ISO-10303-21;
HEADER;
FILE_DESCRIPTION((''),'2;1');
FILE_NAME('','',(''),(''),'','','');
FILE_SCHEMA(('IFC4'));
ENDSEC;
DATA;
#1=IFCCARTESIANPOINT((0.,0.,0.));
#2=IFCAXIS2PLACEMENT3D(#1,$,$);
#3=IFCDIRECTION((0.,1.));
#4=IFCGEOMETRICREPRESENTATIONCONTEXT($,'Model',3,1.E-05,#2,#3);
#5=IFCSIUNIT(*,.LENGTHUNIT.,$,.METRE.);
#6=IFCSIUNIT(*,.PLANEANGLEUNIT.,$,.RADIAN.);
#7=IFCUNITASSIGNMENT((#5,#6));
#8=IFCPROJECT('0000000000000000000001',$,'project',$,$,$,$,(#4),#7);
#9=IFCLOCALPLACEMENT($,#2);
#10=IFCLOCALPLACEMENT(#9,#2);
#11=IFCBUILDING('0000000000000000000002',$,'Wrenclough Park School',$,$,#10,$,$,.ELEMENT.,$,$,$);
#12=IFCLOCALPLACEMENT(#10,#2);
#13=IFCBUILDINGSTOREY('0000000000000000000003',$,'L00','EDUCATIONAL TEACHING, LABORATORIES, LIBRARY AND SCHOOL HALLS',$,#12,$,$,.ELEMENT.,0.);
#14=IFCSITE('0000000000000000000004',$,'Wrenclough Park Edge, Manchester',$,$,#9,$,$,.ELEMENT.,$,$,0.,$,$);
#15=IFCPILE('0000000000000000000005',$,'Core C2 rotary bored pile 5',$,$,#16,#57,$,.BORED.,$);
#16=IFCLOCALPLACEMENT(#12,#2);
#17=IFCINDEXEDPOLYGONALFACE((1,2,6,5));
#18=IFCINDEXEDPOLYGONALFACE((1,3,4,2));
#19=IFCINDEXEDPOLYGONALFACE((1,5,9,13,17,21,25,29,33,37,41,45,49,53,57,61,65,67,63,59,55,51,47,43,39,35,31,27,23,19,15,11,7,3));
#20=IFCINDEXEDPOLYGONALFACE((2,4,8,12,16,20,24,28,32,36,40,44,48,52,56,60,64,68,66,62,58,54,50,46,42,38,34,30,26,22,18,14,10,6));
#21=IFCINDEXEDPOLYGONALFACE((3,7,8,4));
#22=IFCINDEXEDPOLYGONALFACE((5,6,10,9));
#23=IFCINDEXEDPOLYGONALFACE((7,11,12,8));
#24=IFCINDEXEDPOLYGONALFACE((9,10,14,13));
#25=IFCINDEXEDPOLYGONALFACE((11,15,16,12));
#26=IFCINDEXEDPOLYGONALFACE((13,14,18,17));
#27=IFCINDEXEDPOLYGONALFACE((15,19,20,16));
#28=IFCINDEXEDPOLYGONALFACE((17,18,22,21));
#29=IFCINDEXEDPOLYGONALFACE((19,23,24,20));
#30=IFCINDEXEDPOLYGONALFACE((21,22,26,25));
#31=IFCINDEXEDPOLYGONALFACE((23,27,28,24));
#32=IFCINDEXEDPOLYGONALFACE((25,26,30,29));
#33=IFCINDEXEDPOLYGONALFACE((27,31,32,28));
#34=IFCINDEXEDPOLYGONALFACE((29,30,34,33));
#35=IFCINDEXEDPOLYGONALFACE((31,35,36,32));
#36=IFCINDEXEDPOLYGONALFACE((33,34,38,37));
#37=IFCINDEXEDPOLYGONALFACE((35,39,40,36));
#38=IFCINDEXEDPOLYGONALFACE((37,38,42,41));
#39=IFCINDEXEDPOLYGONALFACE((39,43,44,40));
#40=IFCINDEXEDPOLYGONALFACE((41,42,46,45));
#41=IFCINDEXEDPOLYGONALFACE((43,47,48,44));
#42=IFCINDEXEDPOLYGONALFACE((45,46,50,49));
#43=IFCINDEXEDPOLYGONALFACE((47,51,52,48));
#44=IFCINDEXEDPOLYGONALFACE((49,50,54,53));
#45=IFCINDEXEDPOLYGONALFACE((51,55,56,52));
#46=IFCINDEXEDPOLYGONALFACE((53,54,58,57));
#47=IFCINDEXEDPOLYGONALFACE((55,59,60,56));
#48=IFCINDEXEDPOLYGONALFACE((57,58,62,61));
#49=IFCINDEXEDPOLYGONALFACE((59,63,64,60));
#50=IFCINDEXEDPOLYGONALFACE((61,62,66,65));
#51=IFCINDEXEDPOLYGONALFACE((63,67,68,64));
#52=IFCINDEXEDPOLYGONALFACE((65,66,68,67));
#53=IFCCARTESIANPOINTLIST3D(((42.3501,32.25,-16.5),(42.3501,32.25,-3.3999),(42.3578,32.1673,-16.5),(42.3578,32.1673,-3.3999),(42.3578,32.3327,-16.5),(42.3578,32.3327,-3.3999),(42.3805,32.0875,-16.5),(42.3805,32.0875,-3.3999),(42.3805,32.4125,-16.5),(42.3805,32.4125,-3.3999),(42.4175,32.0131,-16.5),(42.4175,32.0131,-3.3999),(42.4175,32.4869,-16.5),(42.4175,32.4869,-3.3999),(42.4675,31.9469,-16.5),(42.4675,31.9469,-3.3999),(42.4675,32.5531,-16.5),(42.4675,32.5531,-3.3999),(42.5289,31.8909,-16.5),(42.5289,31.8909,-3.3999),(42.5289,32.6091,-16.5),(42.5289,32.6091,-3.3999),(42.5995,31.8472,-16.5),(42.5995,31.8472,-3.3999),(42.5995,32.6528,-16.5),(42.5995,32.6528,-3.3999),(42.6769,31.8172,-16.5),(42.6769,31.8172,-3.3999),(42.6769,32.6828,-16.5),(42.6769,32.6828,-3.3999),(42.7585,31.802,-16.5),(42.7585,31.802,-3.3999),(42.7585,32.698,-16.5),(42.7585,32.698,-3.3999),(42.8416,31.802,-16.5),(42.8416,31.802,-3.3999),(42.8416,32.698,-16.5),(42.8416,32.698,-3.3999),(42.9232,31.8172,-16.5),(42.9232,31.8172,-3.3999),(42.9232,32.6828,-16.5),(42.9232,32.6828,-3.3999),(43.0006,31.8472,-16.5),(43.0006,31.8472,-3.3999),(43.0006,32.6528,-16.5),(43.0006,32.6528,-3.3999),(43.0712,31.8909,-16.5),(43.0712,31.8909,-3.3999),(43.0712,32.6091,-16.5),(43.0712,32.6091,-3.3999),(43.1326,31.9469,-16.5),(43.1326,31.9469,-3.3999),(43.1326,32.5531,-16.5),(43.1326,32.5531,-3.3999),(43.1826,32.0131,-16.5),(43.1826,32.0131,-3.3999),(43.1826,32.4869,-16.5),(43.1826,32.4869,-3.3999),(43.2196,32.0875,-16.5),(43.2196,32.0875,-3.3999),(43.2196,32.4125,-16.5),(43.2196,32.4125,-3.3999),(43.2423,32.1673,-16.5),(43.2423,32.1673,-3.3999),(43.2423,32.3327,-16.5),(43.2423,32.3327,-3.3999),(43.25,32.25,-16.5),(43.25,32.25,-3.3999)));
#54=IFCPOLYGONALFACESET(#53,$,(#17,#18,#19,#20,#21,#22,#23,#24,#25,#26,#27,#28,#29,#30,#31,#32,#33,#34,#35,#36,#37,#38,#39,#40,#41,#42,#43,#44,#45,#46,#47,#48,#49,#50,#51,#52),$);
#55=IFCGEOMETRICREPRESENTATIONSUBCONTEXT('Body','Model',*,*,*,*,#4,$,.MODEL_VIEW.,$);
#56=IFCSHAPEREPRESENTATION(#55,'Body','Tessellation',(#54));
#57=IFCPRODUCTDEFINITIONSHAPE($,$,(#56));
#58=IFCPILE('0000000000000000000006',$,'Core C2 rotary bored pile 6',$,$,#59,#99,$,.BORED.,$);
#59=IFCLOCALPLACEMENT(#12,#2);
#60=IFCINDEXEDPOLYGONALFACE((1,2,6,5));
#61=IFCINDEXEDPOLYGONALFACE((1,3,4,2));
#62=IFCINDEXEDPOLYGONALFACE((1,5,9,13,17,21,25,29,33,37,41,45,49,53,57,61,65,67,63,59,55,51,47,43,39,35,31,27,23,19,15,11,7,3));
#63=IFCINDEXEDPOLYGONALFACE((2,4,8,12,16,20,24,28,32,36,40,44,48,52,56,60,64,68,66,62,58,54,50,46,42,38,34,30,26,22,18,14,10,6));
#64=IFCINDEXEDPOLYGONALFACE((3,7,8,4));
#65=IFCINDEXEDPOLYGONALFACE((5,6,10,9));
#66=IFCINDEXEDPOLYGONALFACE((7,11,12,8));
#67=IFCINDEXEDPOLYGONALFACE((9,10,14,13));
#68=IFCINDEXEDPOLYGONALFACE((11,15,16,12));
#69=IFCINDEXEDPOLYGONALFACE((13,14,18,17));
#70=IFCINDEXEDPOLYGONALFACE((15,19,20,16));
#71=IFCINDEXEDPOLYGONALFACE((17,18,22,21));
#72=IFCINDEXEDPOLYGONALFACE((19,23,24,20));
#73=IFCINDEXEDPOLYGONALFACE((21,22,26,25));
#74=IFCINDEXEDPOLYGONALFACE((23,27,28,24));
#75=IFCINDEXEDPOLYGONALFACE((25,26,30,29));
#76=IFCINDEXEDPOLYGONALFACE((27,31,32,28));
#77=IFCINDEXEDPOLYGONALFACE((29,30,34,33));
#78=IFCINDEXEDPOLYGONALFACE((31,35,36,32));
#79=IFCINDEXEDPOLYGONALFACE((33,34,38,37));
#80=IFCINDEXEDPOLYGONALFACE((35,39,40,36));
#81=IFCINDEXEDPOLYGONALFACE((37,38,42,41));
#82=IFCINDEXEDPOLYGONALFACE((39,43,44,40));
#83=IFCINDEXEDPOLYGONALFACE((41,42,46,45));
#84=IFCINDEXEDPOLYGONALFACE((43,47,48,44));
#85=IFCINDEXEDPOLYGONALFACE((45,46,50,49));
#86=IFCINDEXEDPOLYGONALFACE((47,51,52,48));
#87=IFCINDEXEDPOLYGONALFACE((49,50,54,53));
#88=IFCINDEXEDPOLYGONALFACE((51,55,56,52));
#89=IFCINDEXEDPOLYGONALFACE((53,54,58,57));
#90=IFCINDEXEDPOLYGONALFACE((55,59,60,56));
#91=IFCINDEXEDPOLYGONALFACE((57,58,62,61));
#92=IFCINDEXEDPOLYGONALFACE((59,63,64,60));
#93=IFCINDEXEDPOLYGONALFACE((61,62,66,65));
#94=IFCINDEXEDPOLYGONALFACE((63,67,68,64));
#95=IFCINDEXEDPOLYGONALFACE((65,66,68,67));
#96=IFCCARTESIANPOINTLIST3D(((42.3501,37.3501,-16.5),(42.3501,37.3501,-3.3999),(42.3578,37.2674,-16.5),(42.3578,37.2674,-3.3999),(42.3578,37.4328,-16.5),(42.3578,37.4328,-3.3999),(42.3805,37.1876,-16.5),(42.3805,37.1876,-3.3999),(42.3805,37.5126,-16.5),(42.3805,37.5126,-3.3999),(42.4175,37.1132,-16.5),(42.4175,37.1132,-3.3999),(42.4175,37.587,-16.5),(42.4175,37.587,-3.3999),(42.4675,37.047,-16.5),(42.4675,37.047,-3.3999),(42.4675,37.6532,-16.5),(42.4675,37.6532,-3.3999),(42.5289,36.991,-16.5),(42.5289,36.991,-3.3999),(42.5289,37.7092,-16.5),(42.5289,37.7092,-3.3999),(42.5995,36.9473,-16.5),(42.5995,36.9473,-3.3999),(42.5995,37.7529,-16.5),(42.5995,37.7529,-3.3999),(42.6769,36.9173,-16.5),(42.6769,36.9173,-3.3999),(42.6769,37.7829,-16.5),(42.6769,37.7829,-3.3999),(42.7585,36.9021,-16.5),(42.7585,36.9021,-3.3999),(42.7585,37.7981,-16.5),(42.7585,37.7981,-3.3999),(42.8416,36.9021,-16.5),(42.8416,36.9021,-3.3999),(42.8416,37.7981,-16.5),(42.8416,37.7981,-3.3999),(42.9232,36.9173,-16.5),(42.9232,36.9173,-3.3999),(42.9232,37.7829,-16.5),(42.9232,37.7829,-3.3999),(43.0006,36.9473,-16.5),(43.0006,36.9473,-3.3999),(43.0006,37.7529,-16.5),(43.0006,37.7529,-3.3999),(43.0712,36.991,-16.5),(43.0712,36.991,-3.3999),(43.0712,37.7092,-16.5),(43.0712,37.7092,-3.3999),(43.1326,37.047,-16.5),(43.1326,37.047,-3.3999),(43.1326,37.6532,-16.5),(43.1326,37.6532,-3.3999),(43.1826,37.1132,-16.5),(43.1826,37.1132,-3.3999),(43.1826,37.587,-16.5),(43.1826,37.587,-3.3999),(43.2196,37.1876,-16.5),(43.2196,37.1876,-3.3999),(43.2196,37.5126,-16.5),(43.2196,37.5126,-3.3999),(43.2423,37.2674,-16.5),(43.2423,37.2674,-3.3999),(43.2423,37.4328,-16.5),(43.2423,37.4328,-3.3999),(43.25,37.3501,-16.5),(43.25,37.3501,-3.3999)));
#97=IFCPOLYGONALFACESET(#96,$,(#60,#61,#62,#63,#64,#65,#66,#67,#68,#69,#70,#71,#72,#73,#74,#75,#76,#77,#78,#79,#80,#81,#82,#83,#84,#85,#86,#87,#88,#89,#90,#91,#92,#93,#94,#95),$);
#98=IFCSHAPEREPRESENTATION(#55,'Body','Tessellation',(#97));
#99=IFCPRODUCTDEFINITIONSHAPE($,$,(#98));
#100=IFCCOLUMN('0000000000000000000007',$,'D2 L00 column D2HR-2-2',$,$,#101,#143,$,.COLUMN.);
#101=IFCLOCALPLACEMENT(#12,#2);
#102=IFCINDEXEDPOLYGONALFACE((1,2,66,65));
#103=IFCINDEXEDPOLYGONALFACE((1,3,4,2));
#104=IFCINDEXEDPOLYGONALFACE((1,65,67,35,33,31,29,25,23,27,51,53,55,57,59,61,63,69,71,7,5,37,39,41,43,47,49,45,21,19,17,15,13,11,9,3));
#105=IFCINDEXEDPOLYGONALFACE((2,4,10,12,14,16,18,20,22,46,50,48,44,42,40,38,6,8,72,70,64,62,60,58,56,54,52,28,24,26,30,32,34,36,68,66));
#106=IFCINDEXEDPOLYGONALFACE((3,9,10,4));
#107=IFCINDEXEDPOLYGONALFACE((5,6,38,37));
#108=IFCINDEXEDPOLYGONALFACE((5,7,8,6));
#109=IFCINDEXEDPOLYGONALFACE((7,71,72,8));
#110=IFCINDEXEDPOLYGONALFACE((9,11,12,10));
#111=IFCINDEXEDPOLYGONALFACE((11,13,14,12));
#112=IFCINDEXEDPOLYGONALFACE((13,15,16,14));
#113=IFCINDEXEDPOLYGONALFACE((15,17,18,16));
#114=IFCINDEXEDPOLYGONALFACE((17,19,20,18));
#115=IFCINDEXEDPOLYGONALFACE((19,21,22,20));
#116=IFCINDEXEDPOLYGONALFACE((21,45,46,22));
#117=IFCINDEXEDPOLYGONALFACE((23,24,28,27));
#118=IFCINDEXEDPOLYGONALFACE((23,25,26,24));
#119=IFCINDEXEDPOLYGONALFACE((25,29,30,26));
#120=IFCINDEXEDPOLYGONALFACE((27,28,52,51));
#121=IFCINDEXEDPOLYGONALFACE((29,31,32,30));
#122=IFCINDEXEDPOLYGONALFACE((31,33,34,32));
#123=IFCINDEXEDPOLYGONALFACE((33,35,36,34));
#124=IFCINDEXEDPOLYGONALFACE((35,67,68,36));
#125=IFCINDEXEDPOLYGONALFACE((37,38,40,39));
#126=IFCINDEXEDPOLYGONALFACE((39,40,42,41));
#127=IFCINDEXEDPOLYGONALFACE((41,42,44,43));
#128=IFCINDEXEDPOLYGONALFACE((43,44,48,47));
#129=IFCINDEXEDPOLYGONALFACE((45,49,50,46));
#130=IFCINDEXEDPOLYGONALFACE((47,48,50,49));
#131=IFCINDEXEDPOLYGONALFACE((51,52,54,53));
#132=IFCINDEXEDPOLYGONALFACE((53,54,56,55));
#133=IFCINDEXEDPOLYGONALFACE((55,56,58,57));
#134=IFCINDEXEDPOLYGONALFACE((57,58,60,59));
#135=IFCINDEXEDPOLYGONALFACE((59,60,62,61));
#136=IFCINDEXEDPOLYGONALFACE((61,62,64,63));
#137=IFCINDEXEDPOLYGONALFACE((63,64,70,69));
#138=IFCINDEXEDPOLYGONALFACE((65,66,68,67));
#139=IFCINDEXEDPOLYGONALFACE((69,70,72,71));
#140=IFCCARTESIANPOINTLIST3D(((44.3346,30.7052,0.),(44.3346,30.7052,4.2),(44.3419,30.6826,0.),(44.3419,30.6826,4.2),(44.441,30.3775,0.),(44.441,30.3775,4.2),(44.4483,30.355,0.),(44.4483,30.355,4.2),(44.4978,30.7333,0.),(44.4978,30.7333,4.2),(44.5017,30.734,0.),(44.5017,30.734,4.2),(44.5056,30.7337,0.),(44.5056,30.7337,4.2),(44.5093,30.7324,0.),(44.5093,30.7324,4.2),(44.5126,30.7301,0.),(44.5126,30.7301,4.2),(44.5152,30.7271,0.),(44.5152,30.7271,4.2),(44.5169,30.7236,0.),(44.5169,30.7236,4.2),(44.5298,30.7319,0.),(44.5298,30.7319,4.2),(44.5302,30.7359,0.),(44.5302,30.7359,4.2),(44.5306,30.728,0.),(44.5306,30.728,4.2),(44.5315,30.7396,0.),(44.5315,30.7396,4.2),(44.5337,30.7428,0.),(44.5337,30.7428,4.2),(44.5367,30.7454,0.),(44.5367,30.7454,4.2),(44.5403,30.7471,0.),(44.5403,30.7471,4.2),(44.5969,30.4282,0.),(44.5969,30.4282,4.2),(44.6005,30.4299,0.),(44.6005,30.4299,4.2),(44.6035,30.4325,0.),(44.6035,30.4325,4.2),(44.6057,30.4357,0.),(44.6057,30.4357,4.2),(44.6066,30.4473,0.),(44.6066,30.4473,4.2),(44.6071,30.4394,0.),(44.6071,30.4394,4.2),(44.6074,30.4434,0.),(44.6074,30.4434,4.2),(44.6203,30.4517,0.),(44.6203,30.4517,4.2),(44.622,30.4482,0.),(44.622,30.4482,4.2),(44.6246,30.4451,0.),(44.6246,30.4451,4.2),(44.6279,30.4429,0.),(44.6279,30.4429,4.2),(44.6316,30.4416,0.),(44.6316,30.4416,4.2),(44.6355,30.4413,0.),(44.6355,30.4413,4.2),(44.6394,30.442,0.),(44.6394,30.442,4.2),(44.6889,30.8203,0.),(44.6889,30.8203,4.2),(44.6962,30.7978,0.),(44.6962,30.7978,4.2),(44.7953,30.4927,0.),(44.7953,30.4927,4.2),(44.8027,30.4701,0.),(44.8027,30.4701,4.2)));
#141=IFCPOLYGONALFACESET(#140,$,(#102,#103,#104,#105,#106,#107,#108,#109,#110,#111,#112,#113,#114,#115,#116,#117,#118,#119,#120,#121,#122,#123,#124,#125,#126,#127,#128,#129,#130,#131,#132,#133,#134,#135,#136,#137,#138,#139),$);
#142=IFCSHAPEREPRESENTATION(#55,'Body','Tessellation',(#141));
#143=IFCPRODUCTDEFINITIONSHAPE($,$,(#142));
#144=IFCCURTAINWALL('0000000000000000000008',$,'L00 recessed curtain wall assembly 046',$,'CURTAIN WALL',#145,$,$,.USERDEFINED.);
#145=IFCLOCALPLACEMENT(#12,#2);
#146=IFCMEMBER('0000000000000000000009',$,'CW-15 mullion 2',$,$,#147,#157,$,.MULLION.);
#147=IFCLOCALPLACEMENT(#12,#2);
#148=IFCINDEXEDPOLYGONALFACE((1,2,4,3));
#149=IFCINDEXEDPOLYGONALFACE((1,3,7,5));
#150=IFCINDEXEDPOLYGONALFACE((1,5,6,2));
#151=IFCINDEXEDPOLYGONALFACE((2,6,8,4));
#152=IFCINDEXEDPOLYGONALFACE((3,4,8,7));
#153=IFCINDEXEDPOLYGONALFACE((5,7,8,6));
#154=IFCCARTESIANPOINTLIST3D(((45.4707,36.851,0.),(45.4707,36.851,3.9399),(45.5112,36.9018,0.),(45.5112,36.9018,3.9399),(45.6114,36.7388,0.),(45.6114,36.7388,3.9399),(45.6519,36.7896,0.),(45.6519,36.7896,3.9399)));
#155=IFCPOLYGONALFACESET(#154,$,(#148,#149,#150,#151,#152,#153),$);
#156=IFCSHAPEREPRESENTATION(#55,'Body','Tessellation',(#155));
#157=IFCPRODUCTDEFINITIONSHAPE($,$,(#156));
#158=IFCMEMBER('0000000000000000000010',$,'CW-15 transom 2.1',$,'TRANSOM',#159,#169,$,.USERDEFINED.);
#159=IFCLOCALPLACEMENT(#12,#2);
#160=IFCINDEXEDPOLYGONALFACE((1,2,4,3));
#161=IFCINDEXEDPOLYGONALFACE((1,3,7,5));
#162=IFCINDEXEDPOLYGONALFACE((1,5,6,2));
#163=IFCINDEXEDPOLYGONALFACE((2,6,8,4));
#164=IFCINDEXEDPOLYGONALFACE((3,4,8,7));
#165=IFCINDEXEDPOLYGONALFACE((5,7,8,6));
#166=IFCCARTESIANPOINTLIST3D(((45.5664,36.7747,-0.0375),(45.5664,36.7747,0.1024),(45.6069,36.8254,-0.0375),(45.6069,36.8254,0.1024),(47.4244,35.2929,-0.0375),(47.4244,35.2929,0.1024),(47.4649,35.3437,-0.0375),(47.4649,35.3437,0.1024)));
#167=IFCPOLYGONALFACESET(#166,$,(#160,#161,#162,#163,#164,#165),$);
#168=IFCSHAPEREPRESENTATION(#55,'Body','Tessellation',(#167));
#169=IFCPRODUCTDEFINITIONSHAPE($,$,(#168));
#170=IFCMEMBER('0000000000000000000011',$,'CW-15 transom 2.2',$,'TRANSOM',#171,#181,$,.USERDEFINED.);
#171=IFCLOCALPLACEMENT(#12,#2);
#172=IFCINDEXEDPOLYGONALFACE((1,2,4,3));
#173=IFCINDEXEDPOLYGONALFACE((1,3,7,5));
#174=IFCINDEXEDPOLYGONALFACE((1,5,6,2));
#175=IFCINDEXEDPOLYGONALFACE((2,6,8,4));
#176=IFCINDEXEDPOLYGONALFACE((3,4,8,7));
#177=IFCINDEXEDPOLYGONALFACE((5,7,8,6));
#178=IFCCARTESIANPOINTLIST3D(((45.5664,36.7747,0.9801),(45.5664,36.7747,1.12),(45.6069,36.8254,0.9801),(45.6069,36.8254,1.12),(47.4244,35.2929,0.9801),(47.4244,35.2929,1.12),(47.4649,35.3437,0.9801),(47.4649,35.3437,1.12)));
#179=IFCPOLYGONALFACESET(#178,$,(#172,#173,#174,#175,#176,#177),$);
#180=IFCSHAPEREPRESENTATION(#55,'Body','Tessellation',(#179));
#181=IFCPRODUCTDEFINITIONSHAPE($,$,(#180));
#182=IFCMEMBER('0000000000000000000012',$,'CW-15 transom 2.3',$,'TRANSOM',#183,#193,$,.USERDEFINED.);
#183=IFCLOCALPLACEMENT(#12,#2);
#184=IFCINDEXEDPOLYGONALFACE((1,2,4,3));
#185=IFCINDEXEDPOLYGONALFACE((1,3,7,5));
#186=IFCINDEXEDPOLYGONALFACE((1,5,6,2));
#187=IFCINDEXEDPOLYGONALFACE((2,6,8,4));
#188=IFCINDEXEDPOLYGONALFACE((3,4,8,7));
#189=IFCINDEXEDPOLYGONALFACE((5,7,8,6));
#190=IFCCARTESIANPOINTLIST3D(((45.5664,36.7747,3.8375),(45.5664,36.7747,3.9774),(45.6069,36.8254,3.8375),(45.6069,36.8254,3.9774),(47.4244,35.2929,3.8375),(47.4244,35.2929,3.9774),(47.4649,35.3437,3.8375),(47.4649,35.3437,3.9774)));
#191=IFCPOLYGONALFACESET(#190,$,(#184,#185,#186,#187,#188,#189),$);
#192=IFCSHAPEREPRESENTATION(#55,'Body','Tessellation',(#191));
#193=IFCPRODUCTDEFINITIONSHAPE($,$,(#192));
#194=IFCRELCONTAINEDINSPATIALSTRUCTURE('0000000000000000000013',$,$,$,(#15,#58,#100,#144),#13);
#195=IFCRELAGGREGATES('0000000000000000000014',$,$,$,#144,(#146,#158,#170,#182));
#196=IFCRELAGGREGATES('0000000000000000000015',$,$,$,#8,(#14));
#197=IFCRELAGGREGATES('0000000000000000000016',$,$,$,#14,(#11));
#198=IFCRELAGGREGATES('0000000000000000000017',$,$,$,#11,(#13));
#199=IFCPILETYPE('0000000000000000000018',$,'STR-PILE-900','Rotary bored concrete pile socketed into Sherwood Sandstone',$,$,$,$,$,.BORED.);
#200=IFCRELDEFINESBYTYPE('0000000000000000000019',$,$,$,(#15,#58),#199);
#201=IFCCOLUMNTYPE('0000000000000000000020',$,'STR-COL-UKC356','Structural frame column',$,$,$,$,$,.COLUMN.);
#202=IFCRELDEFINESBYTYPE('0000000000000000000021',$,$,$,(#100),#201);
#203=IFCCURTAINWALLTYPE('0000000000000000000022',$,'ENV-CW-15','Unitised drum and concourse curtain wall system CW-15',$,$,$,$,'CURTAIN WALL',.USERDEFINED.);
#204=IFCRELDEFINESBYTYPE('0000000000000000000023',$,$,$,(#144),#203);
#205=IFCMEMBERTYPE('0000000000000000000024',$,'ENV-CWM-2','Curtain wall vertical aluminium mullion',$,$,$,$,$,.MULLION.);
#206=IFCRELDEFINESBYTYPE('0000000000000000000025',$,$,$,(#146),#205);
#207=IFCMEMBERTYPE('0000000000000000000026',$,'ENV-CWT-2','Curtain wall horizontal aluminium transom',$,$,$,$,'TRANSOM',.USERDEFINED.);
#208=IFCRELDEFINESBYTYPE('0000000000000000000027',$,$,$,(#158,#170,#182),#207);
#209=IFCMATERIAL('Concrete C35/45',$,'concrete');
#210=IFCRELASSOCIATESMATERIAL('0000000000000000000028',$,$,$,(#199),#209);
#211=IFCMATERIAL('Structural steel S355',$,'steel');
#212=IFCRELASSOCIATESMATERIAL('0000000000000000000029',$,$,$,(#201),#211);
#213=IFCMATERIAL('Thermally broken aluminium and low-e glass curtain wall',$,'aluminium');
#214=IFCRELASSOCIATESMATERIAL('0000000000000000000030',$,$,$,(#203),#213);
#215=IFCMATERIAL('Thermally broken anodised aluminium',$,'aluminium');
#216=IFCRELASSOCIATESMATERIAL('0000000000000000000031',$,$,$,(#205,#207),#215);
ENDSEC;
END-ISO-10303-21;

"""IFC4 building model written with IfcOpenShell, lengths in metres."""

from ifc_helpers import new_model, si_unit, direction, frame, origin, origin_2d, place, context, subcontext, project, spatial, rectangle, circle, i_section, extrude, material, material_profile, profile_set, type_object, element, aggregate, save


model = new_model("IFC4")

# Units and contexts
model_context = context("Model", 3, precision=1e-05, world=origin(), true_north=direction((0.0, 1.0)))
body_context = subcontext(model_context, "Body", "Model", "MODEL_VIEW")
ifc_project = project(units=[si_unit("LENGTHUNIT", "METRE"), si_unit("PLANEANGLEUNIT", "RADIAN")], contexts=[model_context])

# Site, building, storey
site_placement = place(None, origin())
site = spatial("IfcSite", under=ifc_project, at=site_placement, Name="Wrenclough Park Edge, Manchester", CompositionType="ELEMENT", RefElevation=0.0)
building_placement = place(site_placement, origin())
building = spatial("IfcBuilding", under=site, at=building_placement, Name="Wrenclough Park School", CompositionType="ELEMENT")
storey_placement = place(building_placement, origin())
storey = spatial("IfcBuildingStorey", under=building, at=storey_placement, Name="L00", Description="EDUCATIONAL TEACHING, LABORATORIES, LIBRARY AND SCHOOL HALLS", CompositionType="ELEMENT", Elevation=0.0)

# Piles
ifc_material_1 = material(Name="Concrete C35/45", Category="concrete")
ifc_material_profile_1 = material_profile(ifc_material_1, circle(Radius=0.45, at=origin_2d()), Name="BORED PILE D900")
ifc_profile_set_1 = profile_set([ifc_material_profile_1], Name="Concrete C35/45")
pile_type = type_object("IfcPileType", Name="STR-PILE-900", Description="Rotary bored concrete pile socketed into Sherwood Sandstone", PredefinedType="BORED", material=ifc_profile_set_1)
for number, where, z_axis, x_axis, name in (
    (1, (42.8, 32.25, -3.3999), (0.0, 0.0, -1.0), (1.0, 0.0, 0.0), "Core C2 rotary bored pile 5"),
    (2, (42.8, 37.3501, -3.3999), (0.0, 0.0, -1.0), (1.0, 0.0, 0.0), "Core C2 rotary bored pile 6"),
):
    element("IfcPile", number, at=place(storey_placement, frame(where, z_axis=z_axis, x_axis=x_axis)), inside=storey, type_object=pile_type, Name=name, PredefinedType="BORED", context=body_context, shape_type="SweptSolid", body=[
        extrude(circle(Radius=0.45, at=origin_2d()), origin(), (0.0, 0.0, 1.0), 13.1001),
    ])

# Column
ifc_material_2 = material(Name="Structural steel S355", Category="steel")
ifc_material_profile_2 = material_profile(ifc_material_2, i_section(OverallWidth=0.3726, OverallDepth=0.3682, WebThickness=0.0144, FlangeThickness=0.0237, FilletRadius=0.0151, at=origin_2d()), Name="UKC 356x368x177")
ifc_profile_set_2 = profile_set([ifc_material_profile_2], Name="Structural steel S355")
column_type = type_object("IfcColumnType", Name="STR-COL-UKC356", Description="Structural frame column", PredefinedType="COLUMN", material=ifc_profile_set_2)
column_placement = place(storey_placement, frame((44.5686, 30.5876, 0.0), z_axis=(0.0, 0.0, 1.0), x_axis=(0.951057, 0.309017, 0.0)))
element("IfcColumn", 3, at=column_placement, inside=storey, type_object=column_type, Name="D2 L00 column D2HR-2-2", PredefinedType="COLUMN", context=body_context, shape_type="SweptSolid", body=[
    extrude(i_section(OverallWidth=0.3726, OverallDepth=0.3682, WebThickness=0.0144, FlangeThickness=0.0237, FilletRadius=0.0151, at=origin_2d()), origin(), (0.0, 0.0, 1.0), 4.2),
])

# Curtain wall, members
ifc_material_3 = material(Name="Thermally broken aluminium and low-e glass curtain wall", Category="aluminium")
curtain_wall_type = type_object("IfcCurtainWallType", Name="ENV-CW-15", Description="Unitised drum and concourse curtain wall system CW-15", ElementType="CURTAIN WALL", PredefinedType="USERDEFINED", material=ifc_material_3)
curtain_wall_placement = place(storey_placement, origin())
curtain_wall = element("IfcCurtainWall", 4, at=curtain_wall_placement, inside=storey, type_object=curtain_wall_type, Name="L00 recessed curtain wall assembly 046", ObjectType="CURTAIN WALL", PredefinedType="USERDEFINED")
ifc_material_4 = material(Name="Thermally broken anodised aluminium", Category="aluminium")
ifc_material_profile_3 = material_profile(ifc_material_4, rectangle(XDim=0.0649, YDim=0.1799, at=origin_2d()), Name="AL MULLION 65x180")
ifc_profile_set_3 = profile_set([ifc_material_profile_3], Name="Thermally broken anodised aluminium")
member_type_1 = type_object("IfcMemberType", Name="ENV-CWM-2", Description="Curtain wall vertical aluminium mullion", PredefinedType="MULLION", material=ifc_profile_set_3)
member_1_placement = place(storey_placement, frame((45.5613, 36.8203, 0.0), z_axis=(0.0, 0.0, 1.0), x_axis=(0.623499, 0.781824, 0.0)))
member_1 = element("IfcMember", 5, at=member_1_placement, type_object=member_type_1, Name="CW-15 mullion 2", PredefinedType="MULLION", context=body_context, shape_type="SweptSolid", body=[
    extrude(rectangle(XDim=0.0649, YDim=0.1799, at=origin_2d()), origin(), (0.0, 0.0, 1.0), 3.9399),
])
ifc_material_profile_4 = material_profile(ifc_material_4, rectangle(XDim=0.0649, YDim=0.1399, at=origin_2d()), Name="AL TRANSOM 65x140")
ifc_profile_set_4 = profile_set([ifc_material_profile_4], Name="Thermally broken anodised aluminium")
member_type_2 = type_object("IfcMemberType", Name="ENV-CWT-2", Description="Curtain wall horizontal aluminium transom", ElementType="TRANSOM", PredefinedType="USERDEFINED", material=ifc_profile_set_4)
member_2_placement = place(storey_placement, frame((45.5867, 36.8, 0.0325), z_axis=(0.78182, -0.623504, 0.0), x_axis=(0.623504, 0.78182, 0.0)))
member_2 = element("IfcMember", 6, at=member_2_placement, type_object=member_type_2, Name="CW-15 transom 2.1", ObjectType="TRANSOM", PredefinedType="USERDEFINED", context=body_context, shape_type="SweptSolid", body=[
    extrude(rectangle(XDim=0.0649, YDim=0.1399, at=origin_2d()), origin(), (0.0, 0.0, 1.0), 2.3765),
])
member_3_placement = place(storey_placement, frame((45.5867, 36.8, 1.05), z_axis=(0.78182, -0.623504, 0.0), x_axis=(0.623504, 0.78182, 0.0)))
member_3 = element("IfcMember", 7, at=member_3_placement, type_object=member_type_2, Name="CW-15 transom 2.2", ObjectType="TRANSOM", PredefinedType="USERDEFINED", context=body_context, shape_type="SweptSolid", body=[
    extrude(rectangle(XDim=0.0649, YDim=0.1399, at=origin_2d()), origin(), (0.0, 0.0, 1.0), 2.3765),
])
member_4_placement = place(storey_placement, frame((45.5867, 36.8, 3.9075), z_axis=(0.78182, -0.623504, 0.0), x_axis=(0.623504, 0.78182, 0.0)))
member_4 = element("IfcMember", 8, at=member_4_placement, type_object=member_type_2, Name="CW-15 transom 2.3", ObjectType="TRANSOM", PredefinedType="USERDEFINED", context=body_context, shape_type="SweptSolid", body=[
    extrude(rectangle(XDim=0.0649, YDim=0.1399, at=origin_2d()), origin(), (0.0, 0.0, 1.0), 2.3765),
])
aggregate(curtain_wall, [member_1, member_2, member_3, member_4])

save(model, "model.ifc")
